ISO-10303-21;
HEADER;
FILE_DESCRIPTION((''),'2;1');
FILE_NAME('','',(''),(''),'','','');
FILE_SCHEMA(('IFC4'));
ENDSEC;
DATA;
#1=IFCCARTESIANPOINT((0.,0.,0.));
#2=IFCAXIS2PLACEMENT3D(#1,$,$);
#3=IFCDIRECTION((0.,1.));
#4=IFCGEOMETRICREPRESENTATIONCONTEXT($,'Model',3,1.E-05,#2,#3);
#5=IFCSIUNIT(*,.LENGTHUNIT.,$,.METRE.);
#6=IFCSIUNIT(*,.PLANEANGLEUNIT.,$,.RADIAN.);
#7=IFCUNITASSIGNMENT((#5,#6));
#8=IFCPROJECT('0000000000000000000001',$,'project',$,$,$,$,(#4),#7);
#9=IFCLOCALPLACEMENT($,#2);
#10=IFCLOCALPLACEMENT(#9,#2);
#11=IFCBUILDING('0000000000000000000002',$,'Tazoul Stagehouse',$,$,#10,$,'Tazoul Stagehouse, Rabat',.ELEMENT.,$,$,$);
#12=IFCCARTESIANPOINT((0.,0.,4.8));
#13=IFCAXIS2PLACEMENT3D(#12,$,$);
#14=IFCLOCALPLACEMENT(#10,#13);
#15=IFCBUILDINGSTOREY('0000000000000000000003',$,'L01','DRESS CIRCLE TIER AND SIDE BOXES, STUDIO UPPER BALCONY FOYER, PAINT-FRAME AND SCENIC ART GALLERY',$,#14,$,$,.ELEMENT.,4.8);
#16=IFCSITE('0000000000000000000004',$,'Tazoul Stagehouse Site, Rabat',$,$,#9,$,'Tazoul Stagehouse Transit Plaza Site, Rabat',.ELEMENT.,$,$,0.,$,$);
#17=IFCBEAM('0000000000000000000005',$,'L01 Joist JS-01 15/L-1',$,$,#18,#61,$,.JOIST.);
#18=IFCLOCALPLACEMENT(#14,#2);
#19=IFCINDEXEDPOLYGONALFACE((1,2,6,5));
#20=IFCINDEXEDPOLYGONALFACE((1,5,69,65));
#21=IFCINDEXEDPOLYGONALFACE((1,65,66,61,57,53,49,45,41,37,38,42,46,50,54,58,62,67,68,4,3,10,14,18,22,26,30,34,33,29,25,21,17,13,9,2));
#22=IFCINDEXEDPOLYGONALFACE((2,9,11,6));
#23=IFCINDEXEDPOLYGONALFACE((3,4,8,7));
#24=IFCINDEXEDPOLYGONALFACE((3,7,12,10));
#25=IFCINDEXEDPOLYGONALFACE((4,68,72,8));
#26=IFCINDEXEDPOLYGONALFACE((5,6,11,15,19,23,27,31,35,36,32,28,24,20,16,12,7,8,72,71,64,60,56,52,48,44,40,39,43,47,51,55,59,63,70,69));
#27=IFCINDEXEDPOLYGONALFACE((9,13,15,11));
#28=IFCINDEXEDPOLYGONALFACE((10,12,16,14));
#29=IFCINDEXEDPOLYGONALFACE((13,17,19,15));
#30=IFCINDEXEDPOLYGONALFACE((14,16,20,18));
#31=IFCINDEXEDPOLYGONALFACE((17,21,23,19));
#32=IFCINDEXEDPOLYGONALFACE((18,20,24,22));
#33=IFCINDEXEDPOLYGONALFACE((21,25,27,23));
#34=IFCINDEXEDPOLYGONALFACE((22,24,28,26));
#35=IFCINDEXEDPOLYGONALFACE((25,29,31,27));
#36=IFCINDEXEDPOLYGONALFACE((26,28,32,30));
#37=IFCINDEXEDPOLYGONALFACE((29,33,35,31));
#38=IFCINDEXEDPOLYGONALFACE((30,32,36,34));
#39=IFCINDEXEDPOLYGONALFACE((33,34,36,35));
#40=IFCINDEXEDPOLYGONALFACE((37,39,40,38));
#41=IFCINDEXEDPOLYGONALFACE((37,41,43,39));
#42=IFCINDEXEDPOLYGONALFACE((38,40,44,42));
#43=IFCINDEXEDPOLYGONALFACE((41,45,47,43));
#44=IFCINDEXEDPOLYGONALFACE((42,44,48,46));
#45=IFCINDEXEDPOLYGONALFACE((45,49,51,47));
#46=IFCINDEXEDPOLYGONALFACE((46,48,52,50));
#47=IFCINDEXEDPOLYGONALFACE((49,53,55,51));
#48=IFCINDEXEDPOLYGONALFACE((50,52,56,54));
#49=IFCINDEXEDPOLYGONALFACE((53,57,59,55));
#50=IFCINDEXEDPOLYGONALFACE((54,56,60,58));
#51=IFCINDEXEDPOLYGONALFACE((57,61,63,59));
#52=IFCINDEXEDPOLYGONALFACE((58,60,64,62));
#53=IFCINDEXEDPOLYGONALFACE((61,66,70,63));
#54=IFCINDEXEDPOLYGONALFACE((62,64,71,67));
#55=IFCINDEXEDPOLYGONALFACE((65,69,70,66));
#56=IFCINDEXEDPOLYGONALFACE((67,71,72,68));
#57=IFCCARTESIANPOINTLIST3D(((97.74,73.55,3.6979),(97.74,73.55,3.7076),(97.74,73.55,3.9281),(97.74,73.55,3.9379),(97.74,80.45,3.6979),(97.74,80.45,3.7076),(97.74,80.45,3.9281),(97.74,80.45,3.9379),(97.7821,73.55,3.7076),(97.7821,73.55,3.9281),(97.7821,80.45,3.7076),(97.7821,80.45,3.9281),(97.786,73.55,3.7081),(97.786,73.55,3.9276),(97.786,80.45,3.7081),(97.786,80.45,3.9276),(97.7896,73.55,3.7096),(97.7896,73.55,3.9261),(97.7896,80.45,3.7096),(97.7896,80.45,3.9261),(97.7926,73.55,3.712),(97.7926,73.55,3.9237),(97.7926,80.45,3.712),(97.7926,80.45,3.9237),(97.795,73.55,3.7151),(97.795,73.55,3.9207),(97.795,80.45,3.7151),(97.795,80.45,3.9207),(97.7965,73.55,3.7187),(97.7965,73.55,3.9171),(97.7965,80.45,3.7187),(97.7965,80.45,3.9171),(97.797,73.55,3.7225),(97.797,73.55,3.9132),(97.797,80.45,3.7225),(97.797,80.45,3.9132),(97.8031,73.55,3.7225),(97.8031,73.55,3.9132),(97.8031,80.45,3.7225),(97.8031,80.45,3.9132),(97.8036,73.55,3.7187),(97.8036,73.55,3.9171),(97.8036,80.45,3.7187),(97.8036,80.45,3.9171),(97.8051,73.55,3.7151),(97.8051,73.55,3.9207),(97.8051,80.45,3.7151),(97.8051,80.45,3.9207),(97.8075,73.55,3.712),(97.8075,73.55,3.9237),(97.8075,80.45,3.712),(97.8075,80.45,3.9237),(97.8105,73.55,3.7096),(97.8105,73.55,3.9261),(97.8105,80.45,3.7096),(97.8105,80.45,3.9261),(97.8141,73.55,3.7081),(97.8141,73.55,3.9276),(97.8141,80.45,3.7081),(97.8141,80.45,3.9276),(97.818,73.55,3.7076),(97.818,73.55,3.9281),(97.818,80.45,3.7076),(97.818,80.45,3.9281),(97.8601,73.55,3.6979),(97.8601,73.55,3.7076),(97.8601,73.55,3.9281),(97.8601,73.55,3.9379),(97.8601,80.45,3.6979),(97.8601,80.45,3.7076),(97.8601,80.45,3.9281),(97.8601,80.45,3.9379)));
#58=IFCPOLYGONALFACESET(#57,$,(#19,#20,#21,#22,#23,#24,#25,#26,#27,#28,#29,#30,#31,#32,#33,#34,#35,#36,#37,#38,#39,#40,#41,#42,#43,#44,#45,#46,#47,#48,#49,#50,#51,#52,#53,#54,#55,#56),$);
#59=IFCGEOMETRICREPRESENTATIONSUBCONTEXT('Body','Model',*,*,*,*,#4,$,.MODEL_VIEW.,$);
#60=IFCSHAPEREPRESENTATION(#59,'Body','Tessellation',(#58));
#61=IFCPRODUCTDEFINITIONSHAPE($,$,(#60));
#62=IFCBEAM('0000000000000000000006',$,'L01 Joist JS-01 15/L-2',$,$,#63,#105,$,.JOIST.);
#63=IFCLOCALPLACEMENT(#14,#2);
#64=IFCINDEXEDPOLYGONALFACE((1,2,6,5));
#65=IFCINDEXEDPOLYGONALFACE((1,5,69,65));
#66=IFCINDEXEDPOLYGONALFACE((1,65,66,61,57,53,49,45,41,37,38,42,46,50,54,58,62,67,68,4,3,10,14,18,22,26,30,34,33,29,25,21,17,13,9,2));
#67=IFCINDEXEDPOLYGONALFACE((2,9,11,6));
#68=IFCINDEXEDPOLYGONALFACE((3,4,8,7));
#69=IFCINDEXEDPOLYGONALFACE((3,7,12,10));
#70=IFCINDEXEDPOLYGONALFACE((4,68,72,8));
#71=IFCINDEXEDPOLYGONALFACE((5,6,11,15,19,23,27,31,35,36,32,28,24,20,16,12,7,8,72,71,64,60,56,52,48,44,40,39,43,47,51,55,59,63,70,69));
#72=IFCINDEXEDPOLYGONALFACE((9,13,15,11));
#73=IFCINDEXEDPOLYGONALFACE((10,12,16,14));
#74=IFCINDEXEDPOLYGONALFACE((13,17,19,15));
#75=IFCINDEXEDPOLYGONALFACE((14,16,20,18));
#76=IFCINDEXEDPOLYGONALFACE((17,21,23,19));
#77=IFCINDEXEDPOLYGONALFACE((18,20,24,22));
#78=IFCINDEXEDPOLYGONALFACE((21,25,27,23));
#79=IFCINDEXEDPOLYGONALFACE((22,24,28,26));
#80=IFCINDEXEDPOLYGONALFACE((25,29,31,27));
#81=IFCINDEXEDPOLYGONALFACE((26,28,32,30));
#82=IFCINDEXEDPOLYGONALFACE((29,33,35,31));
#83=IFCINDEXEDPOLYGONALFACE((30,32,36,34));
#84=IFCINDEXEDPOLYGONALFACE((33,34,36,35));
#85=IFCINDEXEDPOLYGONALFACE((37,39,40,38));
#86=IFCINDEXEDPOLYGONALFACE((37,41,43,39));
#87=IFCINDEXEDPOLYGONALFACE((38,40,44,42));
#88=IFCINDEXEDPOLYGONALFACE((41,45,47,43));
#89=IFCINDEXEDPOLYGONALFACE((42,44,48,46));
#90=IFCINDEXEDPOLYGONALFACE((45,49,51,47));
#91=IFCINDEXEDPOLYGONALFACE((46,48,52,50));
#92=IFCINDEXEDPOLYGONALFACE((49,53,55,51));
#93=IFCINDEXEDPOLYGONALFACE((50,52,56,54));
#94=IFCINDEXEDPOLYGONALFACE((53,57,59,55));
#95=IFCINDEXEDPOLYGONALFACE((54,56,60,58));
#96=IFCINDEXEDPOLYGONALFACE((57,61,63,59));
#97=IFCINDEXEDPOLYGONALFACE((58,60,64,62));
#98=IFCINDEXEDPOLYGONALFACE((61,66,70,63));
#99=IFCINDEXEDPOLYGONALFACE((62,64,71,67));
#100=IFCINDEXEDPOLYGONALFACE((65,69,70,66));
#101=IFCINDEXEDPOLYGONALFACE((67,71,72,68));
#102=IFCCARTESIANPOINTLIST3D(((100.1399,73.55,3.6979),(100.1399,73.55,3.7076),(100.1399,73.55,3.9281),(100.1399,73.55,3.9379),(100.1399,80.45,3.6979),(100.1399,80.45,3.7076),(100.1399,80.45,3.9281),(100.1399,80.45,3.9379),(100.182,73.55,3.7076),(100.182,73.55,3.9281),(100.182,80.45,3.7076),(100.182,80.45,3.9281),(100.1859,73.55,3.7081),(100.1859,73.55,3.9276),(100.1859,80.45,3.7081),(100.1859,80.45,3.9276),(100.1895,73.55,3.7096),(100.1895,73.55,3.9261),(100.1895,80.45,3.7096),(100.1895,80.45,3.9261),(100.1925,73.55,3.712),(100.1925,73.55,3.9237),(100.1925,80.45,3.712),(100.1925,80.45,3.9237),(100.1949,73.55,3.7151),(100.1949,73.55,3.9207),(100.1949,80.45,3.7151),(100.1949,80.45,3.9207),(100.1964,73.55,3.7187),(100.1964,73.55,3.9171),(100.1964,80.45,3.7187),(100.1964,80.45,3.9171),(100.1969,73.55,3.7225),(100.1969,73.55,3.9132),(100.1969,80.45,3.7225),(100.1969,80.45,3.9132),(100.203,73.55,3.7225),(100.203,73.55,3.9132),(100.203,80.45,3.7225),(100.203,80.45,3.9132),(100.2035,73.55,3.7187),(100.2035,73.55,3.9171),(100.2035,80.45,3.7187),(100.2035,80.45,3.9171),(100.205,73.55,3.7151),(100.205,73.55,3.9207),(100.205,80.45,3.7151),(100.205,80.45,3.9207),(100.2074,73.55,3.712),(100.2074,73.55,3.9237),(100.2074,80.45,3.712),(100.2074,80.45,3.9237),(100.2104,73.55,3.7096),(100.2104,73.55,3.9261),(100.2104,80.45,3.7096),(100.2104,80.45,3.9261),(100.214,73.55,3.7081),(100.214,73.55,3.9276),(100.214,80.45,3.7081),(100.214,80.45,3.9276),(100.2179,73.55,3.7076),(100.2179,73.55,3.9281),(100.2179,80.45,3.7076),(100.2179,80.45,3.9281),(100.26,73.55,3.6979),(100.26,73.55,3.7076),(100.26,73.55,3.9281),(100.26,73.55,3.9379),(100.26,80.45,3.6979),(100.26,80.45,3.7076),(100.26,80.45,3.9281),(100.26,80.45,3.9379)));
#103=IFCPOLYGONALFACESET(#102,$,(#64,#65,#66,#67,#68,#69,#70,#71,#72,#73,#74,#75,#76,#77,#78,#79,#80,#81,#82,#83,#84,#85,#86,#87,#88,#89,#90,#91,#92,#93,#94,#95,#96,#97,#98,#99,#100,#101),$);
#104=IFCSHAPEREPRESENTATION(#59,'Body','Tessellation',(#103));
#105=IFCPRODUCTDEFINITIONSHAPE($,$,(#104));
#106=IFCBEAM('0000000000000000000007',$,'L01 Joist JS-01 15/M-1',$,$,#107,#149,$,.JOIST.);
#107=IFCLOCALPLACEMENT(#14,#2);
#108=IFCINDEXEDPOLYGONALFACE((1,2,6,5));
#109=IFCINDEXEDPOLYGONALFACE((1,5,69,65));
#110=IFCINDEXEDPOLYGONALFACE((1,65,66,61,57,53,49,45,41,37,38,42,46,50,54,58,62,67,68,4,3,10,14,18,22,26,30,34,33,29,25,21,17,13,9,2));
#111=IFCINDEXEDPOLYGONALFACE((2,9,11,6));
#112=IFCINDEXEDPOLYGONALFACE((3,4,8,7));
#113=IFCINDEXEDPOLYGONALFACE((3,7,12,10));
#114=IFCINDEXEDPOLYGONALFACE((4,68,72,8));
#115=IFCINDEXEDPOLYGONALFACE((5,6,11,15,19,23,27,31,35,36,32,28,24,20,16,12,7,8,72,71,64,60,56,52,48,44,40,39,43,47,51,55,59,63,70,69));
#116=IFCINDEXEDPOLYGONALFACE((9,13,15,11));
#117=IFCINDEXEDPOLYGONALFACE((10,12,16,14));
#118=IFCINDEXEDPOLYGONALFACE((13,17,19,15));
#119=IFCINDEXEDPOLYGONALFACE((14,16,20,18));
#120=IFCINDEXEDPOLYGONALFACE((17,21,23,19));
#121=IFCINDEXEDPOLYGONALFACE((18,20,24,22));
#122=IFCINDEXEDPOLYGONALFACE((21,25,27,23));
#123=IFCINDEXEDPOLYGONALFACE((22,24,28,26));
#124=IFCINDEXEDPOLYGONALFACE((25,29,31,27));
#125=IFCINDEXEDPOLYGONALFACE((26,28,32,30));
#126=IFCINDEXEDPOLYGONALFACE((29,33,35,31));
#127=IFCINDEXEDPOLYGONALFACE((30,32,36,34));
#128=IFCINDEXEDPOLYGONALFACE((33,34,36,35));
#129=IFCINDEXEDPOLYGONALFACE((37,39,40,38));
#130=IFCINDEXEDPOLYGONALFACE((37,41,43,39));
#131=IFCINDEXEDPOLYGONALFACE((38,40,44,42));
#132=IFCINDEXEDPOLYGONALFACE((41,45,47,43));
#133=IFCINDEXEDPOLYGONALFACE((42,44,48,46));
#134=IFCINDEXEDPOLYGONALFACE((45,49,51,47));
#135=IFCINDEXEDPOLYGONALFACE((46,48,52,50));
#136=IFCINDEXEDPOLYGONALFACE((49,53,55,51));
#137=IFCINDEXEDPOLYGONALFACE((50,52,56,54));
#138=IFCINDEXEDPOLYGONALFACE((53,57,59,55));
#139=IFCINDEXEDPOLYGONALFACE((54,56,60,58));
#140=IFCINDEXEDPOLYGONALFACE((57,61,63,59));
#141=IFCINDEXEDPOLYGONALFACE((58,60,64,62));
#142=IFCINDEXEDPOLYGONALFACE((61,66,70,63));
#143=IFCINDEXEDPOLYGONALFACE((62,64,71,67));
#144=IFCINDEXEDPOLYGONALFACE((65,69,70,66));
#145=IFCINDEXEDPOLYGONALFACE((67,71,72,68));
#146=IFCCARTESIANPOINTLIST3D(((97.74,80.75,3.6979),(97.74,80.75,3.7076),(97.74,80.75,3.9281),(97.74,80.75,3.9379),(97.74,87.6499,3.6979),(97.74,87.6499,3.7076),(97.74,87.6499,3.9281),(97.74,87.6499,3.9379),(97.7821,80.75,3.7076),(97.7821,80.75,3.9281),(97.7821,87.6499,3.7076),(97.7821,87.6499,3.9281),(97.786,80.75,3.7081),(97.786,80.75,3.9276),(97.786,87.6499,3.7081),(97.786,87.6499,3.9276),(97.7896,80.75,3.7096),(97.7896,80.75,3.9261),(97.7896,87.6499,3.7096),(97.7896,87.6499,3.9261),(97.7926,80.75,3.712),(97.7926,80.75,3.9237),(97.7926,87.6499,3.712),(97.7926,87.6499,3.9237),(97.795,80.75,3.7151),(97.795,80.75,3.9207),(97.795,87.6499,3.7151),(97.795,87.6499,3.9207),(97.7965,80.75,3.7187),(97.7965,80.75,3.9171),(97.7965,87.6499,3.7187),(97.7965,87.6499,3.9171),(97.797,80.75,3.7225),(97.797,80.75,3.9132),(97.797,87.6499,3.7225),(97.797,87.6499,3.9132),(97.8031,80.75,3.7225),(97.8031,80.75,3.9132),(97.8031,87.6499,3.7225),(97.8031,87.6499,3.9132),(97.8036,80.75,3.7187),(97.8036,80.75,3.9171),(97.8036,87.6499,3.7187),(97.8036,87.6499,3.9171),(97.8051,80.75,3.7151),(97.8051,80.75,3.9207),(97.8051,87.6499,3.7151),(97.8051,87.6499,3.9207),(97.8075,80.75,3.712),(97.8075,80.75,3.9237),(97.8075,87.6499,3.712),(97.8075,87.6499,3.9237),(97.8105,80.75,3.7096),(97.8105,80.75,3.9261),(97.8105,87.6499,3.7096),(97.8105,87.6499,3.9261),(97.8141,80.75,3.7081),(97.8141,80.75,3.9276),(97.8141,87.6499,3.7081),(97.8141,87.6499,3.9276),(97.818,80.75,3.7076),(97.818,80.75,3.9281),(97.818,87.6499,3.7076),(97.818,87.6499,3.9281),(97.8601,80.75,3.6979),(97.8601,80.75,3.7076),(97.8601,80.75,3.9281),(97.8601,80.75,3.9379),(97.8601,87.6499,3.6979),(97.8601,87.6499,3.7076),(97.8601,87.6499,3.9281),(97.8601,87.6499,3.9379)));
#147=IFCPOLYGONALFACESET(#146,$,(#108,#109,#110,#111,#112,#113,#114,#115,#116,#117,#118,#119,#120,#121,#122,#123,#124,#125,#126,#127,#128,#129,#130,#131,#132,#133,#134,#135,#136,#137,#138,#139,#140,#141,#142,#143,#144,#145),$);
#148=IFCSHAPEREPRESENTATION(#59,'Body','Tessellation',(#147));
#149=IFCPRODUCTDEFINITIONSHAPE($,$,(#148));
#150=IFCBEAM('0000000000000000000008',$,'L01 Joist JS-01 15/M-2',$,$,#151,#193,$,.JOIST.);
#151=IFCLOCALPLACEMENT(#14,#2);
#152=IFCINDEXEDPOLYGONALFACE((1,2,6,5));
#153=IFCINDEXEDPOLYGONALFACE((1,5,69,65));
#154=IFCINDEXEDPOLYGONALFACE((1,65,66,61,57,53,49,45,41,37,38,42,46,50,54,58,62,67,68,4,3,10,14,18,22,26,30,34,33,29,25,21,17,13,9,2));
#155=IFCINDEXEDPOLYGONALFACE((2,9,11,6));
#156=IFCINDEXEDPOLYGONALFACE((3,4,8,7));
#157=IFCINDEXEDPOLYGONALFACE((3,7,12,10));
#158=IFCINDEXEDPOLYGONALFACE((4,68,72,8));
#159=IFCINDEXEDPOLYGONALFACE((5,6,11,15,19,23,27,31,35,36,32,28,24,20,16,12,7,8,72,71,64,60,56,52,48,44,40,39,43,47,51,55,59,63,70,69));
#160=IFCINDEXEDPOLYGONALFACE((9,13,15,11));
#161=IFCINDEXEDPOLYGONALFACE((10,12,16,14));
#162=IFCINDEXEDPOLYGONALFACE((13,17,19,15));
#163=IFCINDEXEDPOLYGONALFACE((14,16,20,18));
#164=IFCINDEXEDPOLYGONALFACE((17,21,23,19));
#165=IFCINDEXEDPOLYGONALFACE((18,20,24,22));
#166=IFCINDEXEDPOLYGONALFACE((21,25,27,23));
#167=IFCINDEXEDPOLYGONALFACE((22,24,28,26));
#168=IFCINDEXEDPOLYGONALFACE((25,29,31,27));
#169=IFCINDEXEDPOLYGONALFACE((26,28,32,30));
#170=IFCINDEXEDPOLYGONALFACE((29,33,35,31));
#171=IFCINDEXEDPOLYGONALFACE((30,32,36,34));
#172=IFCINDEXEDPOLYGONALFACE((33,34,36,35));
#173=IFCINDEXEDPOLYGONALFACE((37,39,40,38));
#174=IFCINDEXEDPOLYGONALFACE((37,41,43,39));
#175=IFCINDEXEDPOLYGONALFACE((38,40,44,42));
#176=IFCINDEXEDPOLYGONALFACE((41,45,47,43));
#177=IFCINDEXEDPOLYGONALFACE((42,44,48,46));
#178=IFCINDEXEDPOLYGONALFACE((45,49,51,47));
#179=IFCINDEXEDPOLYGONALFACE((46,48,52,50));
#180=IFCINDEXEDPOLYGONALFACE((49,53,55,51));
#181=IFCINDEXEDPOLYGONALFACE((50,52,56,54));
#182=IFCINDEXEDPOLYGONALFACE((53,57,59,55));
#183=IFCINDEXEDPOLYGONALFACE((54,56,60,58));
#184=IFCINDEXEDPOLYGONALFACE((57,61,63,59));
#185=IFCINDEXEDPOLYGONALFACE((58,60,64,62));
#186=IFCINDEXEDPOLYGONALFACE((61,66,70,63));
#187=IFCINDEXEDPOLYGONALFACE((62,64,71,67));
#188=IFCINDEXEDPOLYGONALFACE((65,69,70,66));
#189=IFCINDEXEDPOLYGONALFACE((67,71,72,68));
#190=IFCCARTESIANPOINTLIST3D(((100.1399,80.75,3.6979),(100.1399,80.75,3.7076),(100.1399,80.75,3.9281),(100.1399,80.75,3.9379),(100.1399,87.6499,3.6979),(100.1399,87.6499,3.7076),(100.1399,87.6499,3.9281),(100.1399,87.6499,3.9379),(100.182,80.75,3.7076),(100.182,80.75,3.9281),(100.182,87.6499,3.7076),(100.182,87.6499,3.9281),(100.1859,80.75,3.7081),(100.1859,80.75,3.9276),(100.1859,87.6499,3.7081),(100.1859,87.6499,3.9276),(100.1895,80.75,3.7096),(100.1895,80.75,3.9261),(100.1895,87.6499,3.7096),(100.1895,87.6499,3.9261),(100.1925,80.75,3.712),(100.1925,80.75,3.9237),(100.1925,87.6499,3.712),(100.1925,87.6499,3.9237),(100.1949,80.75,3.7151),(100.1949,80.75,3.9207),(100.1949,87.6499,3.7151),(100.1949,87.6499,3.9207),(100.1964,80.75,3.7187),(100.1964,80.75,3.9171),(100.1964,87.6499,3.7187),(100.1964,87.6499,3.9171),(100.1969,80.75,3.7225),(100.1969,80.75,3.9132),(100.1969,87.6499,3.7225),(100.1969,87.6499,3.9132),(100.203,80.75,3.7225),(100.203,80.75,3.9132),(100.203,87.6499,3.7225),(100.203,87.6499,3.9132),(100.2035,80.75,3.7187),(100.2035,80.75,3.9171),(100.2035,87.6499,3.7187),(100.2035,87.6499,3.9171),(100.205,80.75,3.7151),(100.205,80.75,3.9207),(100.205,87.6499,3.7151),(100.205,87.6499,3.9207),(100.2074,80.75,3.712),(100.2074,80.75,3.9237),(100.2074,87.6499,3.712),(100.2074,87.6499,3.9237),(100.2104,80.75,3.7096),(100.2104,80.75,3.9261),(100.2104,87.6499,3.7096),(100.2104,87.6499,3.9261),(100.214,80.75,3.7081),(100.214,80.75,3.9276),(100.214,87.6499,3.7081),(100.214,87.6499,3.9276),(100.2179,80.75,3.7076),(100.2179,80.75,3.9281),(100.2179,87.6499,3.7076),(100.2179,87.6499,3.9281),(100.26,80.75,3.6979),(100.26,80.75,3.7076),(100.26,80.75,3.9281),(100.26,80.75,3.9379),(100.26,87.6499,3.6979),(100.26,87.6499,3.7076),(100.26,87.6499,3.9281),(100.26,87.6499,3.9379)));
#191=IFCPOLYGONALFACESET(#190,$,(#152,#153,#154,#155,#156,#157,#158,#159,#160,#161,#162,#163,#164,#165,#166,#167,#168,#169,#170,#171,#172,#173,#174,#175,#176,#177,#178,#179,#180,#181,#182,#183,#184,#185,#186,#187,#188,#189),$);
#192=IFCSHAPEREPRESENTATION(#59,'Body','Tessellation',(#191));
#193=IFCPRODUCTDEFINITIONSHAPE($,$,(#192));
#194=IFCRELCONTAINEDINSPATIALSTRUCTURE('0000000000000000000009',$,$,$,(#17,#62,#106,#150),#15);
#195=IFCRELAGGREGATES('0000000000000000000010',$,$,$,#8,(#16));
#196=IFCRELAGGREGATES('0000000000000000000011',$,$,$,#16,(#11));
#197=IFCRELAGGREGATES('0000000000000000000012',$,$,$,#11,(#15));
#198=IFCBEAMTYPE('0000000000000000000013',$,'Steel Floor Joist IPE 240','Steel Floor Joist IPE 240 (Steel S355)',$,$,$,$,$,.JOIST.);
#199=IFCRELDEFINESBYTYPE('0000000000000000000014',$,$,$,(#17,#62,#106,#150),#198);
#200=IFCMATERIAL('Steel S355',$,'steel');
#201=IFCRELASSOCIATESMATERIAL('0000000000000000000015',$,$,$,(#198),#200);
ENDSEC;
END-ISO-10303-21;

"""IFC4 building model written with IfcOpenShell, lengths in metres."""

from ifc_helpers import new_model, si_unit, direction, frame, origin, origin_2d, place, context, subcontext, project, spatial, i_section, extrude, material, material_profile, profile_set, type_object, element, save


model = new_model("IFC4")

# Units and contexts
model_context = context("Model", 3, precision=1e-05, world=origin(), true_north=direction((0.0, 1.0)))
body_context = subcontext(model_context, "Body", "Model", "MODEL_VIEW")
ifc_project = project(units=[si_unit("LENGTHUNIT", "METRE"), si_unit("PLANEANGLEUNIT", "RADIAN")], contexts=[model_context])

# Site, building, storey
site_placement = place(None, origin())
site = spatial("IfcSite", under=ifc_project, at=site_placement, Name="Tazoul Stagehouse Site, Rabat", LongName="Tazoul Stagehouse Transit Plaza Site, Rabat", CompositionType="ELEMENT", RefElevation=0.0)
building_placement = place(site_placement, origin())
building = spatial("IfcBuilding", under=site, at=building_placement, Name="Tazoul Stagehouse", LongName="Tazoul Stagehouse, Rabat", CompositionType="ELEMENT")
storey_placement = place(building_placement, frame((0.0, 0.0, 4.8)))
storey = spatial("IfcBuildingStorey", under=building, at=storey_placement, Name="L01", Description="DRESS CIRCLE TIER AND SIDE BOXES, STUDIO UPPER BALCONY FOYER, PAINT-FRAME AND SCENIC ART GALLERY", CompositionType="ELEMENT", Elevation=4.8)

# Beams
ifc_material_1 = material(Name="Steel S355", Category="steel")
ifc_material_profile_1 = material_profile(ifc_material_1, i_section(OverallWidth=0.1201, OverallDepth=0.24, WebThickness=0.0061, FlangeThickness=0.0098, FilletRadius=0.0149, at=origin_2d()), Name="IPE 240")
ifc_profile_set_1 = profile_set([ifc_material_profile_1], Name="Steel S355")
beam_type_1 = type_object("IfcBeamType", Name="Steel Floor Joist IPE 240", Description="Steel Floor Joist IPE 240 (Steel S355)", PredefinedType="JOIST", material=ifc_profile_set_1)
for number, where, z_axis, x_axis, name in (
    (1, (97.8, 73.55, 3.8179), (0.0, 1.0, 0.0), (-1.0, 0.0, 0.0), "L01 Joist JS-01 15/L-1"),
    (2, (100.2, 73.55, 3.8179), (0.0, 1.0, 0.0), (-1.0, 0.0, 0.0), "L01 Joist JS-01 15/L-2"),
    (3, (97.8, 80.75, 3.8179), (0.0, 1.0, 0.0), (-1.0, 0.0, 0.0), "L01 Joist JS-01 15/M-1"),
    (4, (100.2, 80.75, 3.8179), (0.0, 1.0, 0.0), (-1.0, 0.0, 0.0), "L01 Joist JS-01 15/M-2"),
):
    element("IfcBeam", number, at=place(storey_placement, frame(where, z_axis=z_axis, x_axis=x_axis)), inside=storey, type_object=beam_type_1, Name=name, PredefinedType="JOIST", context=body_context, shape_type="SweptSolid", body=[
        extrude(i_section(OverallWidth=0.1201, OverallDepth=0.24, WebThickness=0.0061, FlangeThickness=0.0098, FilletRadius=0.0149, at=origin_2d()), origin(), (0.0, 0.0, 1.0), 6.8999),
    ])

save(model, "model.ifc")
